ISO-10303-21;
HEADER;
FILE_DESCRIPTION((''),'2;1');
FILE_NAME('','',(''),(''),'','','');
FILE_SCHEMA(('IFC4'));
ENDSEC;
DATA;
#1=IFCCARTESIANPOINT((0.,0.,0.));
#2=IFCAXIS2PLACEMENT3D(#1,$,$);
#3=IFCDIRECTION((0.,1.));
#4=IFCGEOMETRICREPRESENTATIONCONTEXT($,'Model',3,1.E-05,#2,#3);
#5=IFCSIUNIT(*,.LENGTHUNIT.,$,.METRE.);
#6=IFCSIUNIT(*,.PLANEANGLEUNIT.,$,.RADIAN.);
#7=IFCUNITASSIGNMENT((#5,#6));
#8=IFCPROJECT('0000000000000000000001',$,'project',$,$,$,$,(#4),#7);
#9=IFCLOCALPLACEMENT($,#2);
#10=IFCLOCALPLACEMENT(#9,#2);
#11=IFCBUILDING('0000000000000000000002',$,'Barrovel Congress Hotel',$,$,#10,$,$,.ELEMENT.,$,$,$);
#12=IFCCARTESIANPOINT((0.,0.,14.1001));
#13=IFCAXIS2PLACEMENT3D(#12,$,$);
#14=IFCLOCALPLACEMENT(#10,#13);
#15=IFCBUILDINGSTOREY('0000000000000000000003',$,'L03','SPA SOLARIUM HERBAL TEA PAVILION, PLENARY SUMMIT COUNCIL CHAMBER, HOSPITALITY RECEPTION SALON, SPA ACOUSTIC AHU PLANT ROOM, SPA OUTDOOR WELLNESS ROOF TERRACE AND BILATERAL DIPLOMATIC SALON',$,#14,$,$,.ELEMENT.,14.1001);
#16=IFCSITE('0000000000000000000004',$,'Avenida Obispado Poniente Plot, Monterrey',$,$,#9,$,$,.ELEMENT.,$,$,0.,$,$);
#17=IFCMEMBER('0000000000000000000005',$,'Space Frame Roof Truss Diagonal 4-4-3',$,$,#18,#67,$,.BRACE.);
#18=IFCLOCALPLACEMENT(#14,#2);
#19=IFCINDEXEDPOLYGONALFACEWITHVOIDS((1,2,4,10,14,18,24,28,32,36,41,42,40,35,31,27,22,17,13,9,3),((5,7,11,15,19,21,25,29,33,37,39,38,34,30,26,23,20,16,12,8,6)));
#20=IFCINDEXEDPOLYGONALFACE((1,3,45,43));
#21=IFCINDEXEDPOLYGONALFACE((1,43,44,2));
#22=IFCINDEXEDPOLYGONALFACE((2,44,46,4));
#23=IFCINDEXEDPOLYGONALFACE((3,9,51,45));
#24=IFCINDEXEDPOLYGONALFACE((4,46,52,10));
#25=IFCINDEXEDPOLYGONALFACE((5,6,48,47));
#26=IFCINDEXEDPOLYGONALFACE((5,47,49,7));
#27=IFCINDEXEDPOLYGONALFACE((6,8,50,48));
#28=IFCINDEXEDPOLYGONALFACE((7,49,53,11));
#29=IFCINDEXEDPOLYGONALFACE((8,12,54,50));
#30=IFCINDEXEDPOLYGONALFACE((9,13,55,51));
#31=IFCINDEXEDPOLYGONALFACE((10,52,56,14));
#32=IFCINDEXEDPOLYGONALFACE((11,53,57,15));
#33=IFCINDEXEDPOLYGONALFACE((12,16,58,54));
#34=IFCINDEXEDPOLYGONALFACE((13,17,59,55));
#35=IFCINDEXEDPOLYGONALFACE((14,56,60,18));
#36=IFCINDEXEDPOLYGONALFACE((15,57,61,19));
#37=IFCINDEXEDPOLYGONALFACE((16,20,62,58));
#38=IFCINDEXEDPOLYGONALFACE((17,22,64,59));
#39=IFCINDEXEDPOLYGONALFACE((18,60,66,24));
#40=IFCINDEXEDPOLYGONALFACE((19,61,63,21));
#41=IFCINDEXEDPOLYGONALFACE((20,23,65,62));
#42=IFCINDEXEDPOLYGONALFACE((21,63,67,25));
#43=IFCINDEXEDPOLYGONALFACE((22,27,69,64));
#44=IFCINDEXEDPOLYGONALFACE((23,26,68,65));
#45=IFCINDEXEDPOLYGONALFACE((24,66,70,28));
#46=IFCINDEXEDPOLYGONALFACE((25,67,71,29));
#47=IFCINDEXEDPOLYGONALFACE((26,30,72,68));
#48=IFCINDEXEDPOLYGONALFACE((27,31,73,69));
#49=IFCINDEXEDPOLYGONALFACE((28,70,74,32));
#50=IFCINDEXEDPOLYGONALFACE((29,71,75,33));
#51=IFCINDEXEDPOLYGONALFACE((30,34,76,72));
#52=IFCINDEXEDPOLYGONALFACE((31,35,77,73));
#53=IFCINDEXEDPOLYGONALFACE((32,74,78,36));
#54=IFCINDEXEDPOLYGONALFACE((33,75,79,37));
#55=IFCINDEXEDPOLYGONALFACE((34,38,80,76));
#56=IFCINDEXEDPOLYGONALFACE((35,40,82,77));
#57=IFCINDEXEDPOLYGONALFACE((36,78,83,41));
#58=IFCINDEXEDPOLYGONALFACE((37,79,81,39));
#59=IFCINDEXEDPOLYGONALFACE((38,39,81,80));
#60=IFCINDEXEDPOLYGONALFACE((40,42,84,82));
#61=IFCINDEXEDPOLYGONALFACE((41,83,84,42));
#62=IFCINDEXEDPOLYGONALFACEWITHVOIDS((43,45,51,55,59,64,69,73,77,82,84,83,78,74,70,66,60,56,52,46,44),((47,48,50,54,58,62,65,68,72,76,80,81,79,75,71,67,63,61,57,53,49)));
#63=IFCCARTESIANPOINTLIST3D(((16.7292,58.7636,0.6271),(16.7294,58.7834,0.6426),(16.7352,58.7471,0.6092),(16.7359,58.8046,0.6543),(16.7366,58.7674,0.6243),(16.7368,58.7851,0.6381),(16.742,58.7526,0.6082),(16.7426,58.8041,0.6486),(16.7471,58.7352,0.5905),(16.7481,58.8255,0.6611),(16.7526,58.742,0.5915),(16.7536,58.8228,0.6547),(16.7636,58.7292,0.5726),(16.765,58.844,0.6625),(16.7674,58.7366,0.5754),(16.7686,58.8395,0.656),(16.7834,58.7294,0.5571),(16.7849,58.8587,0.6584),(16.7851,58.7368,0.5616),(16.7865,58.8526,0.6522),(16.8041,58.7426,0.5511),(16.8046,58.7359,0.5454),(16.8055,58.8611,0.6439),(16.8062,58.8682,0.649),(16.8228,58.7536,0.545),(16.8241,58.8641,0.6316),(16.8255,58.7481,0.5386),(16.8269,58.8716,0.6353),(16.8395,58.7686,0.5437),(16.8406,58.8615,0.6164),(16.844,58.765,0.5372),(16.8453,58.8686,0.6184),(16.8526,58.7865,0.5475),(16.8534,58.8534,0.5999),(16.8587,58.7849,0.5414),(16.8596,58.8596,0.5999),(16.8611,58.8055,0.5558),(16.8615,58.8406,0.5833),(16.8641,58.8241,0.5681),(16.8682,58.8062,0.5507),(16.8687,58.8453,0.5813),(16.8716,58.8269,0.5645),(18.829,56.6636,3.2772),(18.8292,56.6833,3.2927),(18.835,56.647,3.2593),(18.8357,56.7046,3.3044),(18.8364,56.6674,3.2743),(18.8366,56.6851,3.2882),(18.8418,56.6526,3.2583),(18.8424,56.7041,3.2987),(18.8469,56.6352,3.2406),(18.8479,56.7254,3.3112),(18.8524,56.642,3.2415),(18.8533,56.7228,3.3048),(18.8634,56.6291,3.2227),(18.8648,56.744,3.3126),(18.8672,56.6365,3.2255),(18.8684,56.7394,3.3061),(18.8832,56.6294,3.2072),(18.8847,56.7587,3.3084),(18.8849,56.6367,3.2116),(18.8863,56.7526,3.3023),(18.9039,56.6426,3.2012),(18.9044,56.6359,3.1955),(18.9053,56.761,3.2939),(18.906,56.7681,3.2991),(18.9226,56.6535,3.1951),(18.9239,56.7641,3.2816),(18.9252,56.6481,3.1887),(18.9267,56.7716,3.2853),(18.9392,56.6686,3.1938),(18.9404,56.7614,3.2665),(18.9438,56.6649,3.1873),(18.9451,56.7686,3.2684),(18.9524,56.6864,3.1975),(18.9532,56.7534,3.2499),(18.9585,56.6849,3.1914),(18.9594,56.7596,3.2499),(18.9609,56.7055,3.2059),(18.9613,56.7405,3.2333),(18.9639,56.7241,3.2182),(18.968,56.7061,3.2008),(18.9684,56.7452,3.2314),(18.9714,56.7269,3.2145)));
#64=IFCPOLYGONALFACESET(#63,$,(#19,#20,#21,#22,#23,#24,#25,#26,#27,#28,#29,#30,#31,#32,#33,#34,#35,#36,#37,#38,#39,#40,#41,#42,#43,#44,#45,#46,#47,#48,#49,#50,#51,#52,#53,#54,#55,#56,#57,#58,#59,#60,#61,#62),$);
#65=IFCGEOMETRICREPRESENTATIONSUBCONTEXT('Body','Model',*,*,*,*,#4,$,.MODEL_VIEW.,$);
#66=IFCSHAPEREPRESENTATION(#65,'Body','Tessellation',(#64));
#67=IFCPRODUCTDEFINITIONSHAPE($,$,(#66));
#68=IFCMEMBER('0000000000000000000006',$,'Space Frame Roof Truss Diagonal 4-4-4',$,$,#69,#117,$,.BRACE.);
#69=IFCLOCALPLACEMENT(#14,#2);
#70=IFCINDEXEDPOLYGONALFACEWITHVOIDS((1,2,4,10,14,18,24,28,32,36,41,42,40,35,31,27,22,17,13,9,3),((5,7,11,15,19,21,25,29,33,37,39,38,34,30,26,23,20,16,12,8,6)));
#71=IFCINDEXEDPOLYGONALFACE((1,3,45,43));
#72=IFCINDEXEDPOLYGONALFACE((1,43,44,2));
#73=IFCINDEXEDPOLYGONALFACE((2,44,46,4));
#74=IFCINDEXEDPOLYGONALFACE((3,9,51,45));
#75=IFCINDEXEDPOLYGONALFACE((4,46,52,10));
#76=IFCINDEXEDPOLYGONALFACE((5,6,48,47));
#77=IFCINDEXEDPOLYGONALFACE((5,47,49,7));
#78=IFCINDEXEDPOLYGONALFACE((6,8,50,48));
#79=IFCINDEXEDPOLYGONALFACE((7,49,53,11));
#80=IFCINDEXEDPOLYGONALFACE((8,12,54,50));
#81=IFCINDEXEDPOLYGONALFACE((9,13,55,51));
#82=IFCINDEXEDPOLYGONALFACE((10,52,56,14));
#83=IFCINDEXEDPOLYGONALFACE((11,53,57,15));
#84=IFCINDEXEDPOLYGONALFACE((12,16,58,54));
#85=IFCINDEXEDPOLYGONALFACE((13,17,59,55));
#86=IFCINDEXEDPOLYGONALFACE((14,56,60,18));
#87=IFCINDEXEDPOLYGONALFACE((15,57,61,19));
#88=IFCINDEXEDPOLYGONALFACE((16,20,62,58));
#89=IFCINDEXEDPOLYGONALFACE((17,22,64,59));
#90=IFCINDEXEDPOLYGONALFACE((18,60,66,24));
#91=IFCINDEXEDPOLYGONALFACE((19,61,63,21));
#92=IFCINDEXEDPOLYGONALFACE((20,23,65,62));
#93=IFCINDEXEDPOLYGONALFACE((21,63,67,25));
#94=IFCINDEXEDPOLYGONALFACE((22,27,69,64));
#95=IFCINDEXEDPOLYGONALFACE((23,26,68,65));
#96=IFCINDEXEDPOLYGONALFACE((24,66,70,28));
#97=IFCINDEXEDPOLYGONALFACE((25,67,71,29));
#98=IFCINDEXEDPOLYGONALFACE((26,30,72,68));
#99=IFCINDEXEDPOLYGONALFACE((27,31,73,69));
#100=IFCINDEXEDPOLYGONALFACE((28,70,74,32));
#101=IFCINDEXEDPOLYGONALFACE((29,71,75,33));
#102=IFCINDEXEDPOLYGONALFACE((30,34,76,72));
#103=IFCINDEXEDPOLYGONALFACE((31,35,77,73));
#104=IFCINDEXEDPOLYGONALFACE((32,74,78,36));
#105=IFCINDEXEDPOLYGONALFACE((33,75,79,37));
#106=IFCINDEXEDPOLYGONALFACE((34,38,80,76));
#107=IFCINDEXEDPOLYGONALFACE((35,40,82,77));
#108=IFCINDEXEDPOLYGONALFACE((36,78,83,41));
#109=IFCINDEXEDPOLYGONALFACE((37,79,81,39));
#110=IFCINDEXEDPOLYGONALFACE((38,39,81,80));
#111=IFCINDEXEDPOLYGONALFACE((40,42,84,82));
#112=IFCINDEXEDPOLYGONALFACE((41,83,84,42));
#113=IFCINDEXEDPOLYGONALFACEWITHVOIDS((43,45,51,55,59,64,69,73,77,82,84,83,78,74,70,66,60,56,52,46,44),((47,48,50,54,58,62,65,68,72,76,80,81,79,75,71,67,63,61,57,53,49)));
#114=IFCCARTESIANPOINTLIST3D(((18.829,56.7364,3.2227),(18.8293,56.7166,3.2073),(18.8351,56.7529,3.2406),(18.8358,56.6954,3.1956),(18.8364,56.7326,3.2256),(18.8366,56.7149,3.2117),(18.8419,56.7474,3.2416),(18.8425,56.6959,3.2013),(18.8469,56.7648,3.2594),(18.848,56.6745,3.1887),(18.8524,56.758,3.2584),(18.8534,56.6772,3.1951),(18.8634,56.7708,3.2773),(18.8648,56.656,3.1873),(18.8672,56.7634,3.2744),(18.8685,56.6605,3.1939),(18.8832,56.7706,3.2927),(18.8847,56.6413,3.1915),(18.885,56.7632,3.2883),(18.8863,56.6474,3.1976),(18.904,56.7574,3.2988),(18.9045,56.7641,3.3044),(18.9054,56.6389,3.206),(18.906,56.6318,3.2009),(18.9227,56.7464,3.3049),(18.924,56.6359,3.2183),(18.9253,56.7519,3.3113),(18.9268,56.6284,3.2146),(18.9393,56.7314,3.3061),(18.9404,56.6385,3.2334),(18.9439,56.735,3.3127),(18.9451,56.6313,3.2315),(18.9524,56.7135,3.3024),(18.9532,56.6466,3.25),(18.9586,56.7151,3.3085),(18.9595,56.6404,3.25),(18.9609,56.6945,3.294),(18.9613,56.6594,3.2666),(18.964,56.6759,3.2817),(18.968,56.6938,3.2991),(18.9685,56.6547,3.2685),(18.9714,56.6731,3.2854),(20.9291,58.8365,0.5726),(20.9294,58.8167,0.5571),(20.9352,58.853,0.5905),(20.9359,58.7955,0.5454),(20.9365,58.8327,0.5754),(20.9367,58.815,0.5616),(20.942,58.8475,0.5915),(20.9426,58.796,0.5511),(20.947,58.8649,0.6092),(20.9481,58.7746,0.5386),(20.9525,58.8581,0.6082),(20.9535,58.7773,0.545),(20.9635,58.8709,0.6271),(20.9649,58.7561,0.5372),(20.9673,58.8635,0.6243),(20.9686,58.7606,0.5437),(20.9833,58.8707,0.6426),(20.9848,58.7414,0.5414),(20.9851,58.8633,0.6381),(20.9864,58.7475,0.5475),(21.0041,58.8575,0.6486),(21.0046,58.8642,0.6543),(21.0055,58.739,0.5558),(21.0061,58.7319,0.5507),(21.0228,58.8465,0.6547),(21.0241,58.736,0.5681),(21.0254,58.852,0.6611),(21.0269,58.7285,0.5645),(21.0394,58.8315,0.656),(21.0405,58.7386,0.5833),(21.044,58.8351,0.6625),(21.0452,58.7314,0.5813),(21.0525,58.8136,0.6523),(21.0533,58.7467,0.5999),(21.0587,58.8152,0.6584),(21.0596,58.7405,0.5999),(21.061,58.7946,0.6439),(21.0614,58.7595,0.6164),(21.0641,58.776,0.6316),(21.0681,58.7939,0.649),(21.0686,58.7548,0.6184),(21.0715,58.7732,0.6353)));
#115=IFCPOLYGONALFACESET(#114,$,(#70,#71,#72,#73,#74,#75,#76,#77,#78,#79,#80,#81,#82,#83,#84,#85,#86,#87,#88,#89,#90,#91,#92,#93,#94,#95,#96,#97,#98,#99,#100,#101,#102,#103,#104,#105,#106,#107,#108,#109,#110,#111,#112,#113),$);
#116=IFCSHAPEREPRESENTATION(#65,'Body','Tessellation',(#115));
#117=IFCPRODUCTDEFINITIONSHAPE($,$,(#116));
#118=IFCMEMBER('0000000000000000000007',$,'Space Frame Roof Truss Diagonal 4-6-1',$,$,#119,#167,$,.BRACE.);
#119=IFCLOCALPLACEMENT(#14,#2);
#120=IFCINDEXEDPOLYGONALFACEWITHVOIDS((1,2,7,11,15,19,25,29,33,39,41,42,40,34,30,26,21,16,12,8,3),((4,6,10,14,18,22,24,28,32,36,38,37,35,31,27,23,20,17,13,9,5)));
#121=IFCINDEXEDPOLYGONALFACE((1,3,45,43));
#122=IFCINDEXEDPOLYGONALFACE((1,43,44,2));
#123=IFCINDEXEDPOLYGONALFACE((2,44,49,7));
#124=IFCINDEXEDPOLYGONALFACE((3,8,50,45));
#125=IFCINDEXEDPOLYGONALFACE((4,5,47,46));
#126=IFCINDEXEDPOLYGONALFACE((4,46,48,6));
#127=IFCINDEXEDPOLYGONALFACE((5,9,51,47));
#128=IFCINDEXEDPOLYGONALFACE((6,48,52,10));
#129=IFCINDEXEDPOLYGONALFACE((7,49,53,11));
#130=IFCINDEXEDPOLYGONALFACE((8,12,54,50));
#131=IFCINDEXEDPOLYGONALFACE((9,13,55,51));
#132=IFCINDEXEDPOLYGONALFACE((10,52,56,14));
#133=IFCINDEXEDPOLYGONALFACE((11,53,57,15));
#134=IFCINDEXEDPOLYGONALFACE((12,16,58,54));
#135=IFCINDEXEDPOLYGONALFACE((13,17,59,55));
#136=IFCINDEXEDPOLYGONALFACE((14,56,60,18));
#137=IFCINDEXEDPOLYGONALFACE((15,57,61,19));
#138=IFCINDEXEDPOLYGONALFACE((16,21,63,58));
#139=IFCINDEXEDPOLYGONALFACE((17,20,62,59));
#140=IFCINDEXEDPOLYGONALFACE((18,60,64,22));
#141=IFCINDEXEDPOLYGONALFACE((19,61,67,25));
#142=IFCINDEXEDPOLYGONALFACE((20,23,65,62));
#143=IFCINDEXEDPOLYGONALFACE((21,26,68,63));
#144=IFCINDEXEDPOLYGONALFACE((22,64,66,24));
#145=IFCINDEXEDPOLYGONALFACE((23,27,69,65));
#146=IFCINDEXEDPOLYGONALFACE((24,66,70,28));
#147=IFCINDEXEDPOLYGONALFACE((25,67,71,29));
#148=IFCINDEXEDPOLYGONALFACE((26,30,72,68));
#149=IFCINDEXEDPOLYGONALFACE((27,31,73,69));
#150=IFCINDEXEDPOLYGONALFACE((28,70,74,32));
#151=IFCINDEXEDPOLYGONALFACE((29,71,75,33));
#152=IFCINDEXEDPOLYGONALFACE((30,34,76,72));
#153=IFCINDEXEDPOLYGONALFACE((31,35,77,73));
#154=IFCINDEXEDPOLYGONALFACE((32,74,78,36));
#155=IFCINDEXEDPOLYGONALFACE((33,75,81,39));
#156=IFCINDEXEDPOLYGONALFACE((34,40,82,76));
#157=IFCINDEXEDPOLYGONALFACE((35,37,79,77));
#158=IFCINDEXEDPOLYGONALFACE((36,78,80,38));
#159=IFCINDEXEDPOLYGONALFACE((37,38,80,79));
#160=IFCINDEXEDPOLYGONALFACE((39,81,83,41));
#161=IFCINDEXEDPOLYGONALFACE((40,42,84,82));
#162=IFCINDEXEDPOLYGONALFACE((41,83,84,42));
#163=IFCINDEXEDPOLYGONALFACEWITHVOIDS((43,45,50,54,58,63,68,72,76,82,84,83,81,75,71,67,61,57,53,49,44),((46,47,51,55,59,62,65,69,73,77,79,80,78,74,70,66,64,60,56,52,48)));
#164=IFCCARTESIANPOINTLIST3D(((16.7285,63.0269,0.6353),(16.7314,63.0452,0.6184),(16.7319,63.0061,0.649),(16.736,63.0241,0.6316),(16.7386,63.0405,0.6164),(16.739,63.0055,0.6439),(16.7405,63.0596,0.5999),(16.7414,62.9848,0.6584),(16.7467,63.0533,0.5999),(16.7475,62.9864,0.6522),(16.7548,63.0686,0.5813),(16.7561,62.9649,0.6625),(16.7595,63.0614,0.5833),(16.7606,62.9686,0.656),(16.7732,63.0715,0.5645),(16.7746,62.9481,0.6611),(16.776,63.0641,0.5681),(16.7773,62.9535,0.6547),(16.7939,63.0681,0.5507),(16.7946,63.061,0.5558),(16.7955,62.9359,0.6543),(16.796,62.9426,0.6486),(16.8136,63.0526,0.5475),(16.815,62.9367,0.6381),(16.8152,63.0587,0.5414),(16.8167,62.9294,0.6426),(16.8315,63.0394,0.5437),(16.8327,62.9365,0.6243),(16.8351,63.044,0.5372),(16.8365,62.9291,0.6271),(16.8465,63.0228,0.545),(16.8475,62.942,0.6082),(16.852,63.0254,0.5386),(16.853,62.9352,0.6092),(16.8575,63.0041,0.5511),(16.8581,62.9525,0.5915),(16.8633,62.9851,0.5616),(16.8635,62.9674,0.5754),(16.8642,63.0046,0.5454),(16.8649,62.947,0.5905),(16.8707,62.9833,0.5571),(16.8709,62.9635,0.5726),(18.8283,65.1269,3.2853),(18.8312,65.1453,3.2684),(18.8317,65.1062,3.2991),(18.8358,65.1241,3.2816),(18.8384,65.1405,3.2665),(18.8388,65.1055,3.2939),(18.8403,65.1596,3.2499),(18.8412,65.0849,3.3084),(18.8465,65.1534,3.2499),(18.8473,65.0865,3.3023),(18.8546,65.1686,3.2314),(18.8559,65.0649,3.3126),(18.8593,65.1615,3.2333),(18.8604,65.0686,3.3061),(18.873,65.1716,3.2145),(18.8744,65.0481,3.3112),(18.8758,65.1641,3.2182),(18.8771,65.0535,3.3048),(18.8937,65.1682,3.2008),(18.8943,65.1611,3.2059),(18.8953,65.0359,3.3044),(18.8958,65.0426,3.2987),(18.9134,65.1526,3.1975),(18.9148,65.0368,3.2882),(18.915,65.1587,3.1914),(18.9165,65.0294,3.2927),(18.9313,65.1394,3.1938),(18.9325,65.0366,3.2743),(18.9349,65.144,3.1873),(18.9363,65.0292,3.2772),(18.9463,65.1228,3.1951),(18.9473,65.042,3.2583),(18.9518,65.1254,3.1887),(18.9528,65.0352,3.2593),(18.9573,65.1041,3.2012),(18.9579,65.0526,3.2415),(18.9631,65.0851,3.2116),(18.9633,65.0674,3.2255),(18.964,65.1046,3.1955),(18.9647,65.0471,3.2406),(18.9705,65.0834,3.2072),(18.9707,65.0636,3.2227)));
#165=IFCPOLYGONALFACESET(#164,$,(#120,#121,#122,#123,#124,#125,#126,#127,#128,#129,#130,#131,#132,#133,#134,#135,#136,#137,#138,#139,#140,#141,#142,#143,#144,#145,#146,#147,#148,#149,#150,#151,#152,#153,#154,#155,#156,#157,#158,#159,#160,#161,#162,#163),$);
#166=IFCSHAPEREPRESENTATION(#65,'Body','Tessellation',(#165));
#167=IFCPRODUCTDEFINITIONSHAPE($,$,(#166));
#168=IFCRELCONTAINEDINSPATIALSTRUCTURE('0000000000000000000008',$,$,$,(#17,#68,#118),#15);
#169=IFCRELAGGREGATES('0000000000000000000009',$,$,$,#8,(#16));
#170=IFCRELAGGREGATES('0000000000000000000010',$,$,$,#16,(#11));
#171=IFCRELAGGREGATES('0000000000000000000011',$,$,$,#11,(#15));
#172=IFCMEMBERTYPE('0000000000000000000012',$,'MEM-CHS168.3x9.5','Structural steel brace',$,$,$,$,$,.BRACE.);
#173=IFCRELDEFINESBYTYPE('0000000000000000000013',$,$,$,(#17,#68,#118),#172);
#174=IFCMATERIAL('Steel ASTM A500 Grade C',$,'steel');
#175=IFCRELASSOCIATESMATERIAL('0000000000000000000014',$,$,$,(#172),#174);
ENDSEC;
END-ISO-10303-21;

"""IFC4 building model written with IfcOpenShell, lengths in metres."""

from ifc_helpers import new_model, si_unit, direction, frame, origin, origin_2d, place, context, subcontext, project, spatial, hollow_circle, extrude, material, material_profile, profile_set, type_object, element, save


model = new_model("IFC4")

# Units and contexts
model_context = context("Model", 3, precision=1e-05, world=origin(), true_north=direction((0.0, 1.0)))
body_context = subcontext(model_context, "Body", "Model", "MODEL_VIEW")
ifc_project = project(units=[si_unit("LENGTHUNIT", "METRE"), si_unit("PLANEANGLEUNIT", "RADIAN")], contexts=[model_context])

# Site, building, storey
site_placement = place(None, origin())
site = spatial("IfcSite", under=ifc_project, at=site_placement, Name="Avenida Obispado Poniente Plot, Monterrey", CompositionType="ELEMENT", RefElevation=0.0)
building_placement = place(site_placement, origin())
building = spatial("IfcBuilding", under=site, at=building_placement, Name="Barrovel Congress Hotel", CompositionType="ELEMENT")
storey_placement = place(building_placement, frame((0.0, 0.0, 14.1001)))
storey = spatial("IfcBuildingStorey", under=building, at=storey_placement, Name="L03", Description="SPA SOLARIUM HERBAL TEA PAVILION, PLENARY SUMMIT COUNCIL CHAMBER, HOSPITALITY RECEPTION SALON, SPA ACOUSTIC AHU PLANT ROOM, SPA OUTDOOR WELLNESS ROOF TERRACE AND BILATERAL DIPLOMATIC SALON", CompositionType="ELEMENT", Elevation=14.1001)

# Members
ifc_material_1 = material(Name="Steel ASTM A500 Grade C", Category="steel")
ifc_material_profile_1 = material_profile(ifc_material_1, hollow_circle(Radius=0.0842, WallThickness=0.0088, at=origin_2d()), Name="CHS168.3x9.5")
ifc_profile_set_1 = profile_set([ifc_material_profile_1], Name="Steel ASTM A500 Grade C")
member_type_1 = type_object("IfcMemberType", Name="MEM-CHS168.3x9.5", Description="Structural steel brace", PredefinedType="BRACE", material=ifc_profile_set_1)
member_1_placement = place(storey_placement, frame((16.8, 58.8, 0.5999), z_axis=(0.527557, -0.527618, 0.66581), x_axis=(0.707148, 0.707066, 0.0)))
element("IfcMember", 1, at=member_1_placement, inside=storey, type_object=member_type_1, Name="Space Frame Roof Truss Diagonal 4-4-3", PredefinedType="BRACE", context=body_context, shape_type="SweptSolid", body=[
    extrude(hollow_circle(Radius=0.0842, WallThickness=0.0088, at=origin_2d()), origin(), (0.0, 0.0, 1.0), 3.9802),
])
member_2_placement = place(storey_placement, frame((21.0, 58.8, 0.5999), z_axis=(-0.527601, -0.527601, 0.665788), x_axis=(0.707107, -0.707107, 0.0)))
element("IfcMember", 2, at=member_2_placement, inside=storey, type_object=member_type_1, Name="Space Frame Roof Truss Diagonal 4-4-4", PredefinedType="BRACE", context=body_context, shape_type="SweptSolid", body=[
    extrude(hollow_circle(Radius=0.0842, WallThickness=0.0088, at=origin_2d()), origin(), (0.0, 0.0, 1.0), 3.9805),
])
member_3_placement = place(storey_placement, frame((16.8, 63.0, 0.5999), z_axis=(0.527557, 0.527618, 0.66581), x_axis=(-0.707148, 0.707066, 0.0)))
element("IfcMember", 3, at=member_3_placement, inside=storey, type_object=member_type_1, Name="Space Frame Roof Truss Diagonal 4-6-1", PredefinedType="BRACE", context=body_context, shape_type="SweptSolid", body=[
    extrude(hollow_circle(Radius=0.0842, WallThickness=0.0088, at=origin_2d()), origin(), (0.0, 0.0, 1.0), 3.9802),
])

save(model, "model.ifc")
